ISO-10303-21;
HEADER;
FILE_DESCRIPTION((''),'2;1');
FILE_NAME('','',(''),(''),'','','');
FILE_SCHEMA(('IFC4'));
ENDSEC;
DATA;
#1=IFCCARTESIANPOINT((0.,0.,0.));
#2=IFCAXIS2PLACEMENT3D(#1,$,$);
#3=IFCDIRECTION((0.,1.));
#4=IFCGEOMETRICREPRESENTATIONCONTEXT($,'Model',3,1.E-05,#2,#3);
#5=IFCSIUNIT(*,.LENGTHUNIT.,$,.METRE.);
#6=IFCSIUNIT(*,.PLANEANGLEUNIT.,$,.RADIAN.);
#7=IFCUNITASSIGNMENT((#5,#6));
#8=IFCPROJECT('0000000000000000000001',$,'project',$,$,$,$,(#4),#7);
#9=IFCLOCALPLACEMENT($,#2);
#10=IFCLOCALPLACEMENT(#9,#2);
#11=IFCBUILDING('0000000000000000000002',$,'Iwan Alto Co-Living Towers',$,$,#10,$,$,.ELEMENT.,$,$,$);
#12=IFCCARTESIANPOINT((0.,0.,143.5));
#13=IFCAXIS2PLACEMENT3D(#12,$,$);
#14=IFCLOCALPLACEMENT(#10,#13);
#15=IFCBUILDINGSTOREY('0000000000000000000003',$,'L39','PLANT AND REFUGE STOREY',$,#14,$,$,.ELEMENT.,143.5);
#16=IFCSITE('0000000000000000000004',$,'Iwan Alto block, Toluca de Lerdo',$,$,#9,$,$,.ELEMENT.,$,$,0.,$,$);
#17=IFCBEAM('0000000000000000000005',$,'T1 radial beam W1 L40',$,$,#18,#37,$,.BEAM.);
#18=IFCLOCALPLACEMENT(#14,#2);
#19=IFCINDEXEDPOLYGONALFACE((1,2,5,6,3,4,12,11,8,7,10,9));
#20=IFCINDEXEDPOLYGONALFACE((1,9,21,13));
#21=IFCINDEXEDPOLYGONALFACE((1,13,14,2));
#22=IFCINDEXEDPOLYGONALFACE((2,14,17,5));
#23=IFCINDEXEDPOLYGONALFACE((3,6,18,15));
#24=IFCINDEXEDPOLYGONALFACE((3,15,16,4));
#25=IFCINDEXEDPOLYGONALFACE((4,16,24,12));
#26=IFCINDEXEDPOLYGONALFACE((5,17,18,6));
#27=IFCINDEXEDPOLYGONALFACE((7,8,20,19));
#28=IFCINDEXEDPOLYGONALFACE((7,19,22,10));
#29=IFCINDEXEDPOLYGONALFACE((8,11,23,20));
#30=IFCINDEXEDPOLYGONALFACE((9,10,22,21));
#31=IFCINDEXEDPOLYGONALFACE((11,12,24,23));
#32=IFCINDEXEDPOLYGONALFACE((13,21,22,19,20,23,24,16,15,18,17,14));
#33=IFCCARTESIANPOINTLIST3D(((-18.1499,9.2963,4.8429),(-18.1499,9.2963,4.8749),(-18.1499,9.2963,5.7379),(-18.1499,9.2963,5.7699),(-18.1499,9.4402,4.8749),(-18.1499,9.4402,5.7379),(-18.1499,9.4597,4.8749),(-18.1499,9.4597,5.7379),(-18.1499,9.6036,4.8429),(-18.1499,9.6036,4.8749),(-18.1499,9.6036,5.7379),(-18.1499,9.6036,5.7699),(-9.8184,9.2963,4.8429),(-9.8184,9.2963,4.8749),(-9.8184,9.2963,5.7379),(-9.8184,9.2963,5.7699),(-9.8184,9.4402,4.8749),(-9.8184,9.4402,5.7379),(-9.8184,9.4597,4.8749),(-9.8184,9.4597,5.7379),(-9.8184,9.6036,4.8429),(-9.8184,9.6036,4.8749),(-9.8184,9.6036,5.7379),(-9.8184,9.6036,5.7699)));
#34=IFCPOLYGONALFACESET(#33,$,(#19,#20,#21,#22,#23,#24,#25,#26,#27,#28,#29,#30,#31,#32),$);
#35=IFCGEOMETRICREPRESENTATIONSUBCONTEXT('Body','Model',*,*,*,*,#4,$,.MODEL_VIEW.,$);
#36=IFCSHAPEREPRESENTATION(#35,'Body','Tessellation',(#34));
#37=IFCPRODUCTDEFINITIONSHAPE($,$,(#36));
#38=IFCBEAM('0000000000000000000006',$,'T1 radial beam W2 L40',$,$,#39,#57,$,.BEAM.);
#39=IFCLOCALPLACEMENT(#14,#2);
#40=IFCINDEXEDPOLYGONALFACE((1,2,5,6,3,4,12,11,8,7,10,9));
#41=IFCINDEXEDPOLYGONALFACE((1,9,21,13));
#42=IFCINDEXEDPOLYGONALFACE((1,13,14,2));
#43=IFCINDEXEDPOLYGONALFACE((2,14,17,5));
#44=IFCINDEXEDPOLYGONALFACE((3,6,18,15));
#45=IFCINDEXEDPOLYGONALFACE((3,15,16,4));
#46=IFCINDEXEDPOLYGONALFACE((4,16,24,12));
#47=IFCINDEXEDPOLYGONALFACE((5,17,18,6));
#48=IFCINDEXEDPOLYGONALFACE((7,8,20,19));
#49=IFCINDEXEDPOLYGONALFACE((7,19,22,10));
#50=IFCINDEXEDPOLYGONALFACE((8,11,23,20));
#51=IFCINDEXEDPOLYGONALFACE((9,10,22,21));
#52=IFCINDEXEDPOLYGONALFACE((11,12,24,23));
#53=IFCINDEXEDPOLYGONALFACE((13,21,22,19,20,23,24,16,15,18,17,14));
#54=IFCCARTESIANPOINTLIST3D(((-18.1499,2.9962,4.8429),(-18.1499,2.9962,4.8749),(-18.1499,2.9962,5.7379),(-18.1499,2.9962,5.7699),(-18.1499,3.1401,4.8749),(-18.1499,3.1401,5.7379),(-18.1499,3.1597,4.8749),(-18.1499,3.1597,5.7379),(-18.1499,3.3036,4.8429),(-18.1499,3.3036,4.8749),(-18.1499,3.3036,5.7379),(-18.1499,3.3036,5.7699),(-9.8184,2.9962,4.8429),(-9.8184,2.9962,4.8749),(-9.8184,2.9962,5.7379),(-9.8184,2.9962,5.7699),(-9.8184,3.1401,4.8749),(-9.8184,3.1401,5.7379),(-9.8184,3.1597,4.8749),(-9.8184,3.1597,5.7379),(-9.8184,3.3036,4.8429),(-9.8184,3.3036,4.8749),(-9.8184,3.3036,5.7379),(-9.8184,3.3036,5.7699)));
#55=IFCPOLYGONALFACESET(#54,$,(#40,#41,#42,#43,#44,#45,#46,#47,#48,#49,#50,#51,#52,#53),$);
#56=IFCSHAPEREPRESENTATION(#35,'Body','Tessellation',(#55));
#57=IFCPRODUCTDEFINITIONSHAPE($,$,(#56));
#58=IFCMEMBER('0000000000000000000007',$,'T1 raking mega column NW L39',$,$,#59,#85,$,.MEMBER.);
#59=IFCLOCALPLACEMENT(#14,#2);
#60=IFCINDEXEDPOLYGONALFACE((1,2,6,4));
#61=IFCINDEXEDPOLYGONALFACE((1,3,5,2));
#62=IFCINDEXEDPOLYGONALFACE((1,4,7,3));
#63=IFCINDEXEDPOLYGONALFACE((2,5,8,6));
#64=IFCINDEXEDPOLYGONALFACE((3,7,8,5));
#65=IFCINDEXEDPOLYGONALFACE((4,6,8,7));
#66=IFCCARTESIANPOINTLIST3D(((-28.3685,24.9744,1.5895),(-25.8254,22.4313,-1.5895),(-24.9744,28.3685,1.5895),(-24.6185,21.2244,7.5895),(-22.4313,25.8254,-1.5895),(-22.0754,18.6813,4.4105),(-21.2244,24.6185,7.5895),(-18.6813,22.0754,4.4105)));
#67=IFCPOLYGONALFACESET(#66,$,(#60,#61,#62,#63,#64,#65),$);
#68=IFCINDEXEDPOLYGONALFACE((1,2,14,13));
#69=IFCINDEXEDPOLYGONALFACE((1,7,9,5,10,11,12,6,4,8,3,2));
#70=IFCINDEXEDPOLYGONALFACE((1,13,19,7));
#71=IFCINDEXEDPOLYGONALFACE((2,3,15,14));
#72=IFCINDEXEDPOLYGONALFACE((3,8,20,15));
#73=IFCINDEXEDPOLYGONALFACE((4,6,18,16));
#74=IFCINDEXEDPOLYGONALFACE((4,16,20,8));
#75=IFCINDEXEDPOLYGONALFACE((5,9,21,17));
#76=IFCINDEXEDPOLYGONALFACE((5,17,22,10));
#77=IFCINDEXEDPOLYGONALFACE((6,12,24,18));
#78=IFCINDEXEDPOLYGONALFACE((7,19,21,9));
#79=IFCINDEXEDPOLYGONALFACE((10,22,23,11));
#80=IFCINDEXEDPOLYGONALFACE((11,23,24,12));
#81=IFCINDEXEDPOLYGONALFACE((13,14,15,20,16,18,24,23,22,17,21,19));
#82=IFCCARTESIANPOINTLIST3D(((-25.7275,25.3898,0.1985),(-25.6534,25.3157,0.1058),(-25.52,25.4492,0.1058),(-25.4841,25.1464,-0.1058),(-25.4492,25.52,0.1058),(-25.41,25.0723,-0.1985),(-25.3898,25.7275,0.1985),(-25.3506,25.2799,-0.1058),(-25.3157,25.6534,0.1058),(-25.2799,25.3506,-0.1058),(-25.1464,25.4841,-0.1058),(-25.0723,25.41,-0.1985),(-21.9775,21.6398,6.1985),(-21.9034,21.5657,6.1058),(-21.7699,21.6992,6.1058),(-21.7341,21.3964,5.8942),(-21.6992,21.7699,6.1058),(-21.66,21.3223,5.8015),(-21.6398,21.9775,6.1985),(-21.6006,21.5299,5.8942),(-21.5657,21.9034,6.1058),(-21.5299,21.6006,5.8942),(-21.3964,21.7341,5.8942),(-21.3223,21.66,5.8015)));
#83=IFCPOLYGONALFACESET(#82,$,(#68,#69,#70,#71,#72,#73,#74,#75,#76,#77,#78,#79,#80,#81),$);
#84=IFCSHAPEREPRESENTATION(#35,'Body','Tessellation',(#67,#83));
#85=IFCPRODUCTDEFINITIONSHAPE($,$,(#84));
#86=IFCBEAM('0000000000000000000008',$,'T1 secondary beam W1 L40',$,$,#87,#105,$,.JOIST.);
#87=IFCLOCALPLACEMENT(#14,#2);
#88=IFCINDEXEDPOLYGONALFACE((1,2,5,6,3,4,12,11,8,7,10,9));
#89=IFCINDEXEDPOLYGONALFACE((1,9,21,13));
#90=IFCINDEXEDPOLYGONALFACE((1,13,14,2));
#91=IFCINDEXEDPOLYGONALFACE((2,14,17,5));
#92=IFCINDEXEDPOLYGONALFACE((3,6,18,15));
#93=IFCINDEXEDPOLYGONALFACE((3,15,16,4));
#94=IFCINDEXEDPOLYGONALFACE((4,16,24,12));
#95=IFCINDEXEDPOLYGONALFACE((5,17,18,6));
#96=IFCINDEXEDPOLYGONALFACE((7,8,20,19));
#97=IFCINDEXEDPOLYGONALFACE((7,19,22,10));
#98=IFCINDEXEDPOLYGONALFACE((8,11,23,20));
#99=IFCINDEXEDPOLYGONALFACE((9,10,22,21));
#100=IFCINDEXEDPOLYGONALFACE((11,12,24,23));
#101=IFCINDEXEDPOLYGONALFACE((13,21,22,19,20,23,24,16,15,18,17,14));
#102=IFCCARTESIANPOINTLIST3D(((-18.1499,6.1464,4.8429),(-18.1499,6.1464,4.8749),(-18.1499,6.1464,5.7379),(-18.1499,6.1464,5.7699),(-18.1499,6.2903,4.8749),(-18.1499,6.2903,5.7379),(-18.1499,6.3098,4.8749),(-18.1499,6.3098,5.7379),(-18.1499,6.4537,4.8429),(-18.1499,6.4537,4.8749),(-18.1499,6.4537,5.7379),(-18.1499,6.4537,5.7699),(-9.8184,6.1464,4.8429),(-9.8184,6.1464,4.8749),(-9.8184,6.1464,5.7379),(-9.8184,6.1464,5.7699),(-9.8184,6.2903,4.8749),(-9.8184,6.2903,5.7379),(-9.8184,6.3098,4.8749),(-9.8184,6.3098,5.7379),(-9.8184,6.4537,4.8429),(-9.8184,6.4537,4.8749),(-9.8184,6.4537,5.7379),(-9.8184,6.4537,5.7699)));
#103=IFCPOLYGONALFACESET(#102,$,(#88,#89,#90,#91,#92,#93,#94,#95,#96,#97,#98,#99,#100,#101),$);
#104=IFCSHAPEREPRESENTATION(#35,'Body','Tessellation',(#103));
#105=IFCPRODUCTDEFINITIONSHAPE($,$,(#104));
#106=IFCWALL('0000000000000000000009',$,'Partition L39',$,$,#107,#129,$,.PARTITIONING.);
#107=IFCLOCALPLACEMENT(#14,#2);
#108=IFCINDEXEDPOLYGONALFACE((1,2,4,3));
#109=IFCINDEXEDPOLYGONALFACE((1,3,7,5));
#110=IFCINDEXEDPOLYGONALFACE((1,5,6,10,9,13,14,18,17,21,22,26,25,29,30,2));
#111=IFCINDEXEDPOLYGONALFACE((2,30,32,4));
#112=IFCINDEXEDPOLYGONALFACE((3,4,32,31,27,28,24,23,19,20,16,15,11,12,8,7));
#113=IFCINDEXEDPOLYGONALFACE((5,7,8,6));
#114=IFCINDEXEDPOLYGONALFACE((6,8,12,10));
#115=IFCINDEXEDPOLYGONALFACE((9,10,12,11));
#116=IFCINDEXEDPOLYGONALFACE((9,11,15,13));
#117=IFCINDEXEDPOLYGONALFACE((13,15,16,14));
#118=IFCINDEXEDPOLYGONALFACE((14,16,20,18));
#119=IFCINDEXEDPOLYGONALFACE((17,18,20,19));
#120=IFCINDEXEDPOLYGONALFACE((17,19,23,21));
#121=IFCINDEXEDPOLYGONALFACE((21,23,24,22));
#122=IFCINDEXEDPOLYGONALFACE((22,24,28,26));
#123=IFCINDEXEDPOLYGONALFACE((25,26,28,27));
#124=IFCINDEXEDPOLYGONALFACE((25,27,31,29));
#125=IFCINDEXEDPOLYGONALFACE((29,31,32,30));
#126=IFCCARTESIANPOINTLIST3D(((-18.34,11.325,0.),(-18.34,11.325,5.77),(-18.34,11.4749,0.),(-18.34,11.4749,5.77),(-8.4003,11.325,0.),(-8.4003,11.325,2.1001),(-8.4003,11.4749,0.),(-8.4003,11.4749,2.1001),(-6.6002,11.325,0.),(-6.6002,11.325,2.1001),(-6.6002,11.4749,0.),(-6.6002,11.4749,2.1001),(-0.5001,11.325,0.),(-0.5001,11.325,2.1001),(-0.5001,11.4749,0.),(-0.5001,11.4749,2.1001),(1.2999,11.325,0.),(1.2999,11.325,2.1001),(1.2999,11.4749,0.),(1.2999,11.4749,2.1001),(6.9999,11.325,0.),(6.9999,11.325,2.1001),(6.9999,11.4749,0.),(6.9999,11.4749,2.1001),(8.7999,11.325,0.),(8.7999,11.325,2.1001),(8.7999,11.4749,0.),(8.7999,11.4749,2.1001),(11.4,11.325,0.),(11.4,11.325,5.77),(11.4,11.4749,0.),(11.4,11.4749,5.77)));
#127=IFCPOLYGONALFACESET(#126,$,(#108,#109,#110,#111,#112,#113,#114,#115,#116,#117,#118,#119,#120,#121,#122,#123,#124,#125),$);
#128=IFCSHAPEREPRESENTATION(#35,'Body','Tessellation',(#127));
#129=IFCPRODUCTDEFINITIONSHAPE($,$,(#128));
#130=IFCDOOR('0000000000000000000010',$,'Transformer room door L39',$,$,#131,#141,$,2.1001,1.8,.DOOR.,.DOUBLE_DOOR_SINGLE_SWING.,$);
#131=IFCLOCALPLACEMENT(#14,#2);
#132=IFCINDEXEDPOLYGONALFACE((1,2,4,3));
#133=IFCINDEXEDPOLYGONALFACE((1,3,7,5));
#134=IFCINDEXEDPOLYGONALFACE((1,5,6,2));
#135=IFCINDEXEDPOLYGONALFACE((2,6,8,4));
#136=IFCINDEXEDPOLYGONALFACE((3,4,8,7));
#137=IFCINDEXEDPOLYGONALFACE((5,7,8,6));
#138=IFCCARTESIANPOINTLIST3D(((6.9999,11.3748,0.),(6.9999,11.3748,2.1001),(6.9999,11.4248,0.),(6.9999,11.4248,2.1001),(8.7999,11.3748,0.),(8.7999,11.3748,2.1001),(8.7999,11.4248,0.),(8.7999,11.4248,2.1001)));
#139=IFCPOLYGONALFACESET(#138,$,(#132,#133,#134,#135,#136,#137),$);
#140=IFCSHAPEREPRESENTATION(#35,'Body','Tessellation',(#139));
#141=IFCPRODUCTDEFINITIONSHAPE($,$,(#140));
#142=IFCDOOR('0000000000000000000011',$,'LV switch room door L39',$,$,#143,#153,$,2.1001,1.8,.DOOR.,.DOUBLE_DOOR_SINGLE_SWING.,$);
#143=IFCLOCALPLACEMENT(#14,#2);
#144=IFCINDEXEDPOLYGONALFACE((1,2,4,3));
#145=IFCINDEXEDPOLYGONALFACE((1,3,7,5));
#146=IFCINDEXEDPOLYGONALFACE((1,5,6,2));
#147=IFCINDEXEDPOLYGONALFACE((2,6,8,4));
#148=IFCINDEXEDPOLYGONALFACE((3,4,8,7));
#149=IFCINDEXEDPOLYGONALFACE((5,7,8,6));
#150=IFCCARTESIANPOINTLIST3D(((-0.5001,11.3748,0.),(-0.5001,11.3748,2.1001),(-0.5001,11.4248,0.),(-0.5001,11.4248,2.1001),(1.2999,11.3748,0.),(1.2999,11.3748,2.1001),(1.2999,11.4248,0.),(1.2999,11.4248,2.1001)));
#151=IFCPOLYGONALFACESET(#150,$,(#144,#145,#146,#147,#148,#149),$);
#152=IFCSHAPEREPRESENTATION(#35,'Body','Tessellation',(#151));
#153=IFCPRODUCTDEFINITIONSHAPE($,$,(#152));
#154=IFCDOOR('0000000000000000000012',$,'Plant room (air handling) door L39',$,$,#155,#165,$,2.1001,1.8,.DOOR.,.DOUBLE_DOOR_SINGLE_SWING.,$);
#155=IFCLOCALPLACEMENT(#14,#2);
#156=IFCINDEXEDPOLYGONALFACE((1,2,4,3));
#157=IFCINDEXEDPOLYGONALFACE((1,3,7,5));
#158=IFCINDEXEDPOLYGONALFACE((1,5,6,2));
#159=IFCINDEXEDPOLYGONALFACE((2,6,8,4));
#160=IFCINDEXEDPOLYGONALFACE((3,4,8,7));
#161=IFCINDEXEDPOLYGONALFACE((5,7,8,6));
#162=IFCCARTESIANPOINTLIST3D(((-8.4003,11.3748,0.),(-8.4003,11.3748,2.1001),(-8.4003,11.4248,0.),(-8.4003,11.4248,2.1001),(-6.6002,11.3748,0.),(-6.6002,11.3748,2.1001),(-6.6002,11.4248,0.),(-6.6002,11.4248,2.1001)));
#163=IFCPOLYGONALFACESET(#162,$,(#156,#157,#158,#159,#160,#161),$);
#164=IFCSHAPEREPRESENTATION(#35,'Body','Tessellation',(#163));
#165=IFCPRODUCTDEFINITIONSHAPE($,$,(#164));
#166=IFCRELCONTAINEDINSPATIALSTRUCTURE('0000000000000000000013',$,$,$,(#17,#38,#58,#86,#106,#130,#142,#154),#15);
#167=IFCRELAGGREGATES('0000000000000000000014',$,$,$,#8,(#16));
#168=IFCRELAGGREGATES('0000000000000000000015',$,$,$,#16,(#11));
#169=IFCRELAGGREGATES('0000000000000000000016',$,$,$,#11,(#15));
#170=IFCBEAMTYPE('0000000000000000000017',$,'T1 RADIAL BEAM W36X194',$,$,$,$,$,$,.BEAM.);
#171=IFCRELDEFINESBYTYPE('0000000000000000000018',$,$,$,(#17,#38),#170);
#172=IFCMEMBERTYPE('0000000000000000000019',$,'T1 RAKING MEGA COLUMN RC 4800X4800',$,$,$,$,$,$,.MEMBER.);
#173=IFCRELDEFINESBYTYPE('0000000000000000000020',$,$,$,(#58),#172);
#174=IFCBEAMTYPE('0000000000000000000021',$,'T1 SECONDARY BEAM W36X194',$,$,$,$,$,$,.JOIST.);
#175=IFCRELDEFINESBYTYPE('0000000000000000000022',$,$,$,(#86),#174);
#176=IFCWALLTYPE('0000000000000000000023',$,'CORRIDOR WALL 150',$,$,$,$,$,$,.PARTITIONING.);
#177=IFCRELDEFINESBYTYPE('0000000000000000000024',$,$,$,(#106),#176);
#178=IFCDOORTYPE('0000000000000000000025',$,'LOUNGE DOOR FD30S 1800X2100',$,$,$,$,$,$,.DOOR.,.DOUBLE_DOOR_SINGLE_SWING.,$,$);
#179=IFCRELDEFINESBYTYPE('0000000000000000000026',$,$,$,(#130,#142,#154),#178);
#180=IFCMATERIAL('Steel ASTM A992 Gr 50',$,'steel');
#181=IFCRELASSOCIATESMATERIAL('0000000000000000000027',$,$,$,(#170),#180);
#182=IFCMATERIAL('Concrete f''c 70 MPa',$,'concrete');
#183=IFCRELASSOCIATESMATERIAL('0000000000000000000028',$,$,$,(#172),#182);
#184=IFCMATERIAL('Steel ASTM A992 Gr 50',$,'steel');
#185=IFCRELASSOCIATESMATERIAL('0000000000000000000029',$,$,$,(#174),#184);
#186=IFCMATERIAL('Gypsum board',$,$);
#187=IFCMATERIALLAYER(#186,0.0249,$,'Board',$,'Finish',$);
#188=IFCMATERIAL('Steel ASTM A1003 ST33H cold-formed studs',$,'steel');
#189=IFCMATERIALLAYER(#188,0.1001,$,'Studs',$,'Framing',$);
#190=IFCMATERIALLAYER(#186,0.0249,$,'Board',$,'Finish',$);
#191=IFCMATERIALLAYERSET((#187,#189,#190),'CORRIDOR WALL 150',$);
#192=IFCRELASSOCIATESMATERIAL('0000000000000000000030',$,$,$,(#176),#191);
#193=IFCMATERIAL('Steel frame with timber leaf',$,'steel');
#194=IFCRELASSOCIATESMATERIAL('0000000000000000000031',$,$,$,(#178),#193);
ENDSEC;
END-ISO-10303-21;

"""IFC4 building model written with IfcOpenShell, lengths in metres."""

from ifc_helpers import new_model, si_unit, direction, frame, frame_2d, origin, origin_2d, place, context, subcontext, project, spatial, rectangle, i_section, extrude, material, layer, layer_set, material_profile, profile_set, type_object, element, fill, save


model = new_model("IFC4")

# Units and contexts
model_context = context("Model", 3, precision=1e-05, world=origin(), true_north=direction((0.0, 1.0)))
body_context = subcontext(model_context, "Body", "Model", "MODEL_VIEW")
ifc_project = project(units=[si_unit("LENGTHUNIT", "METRE"), si_unit("PLANEANGLEUNIT", "RADIAN")], contexts=[model_context])

# Site, building, storey
site_placement = place(None, origin())
site = spatial("IfcSite", under=ifc_project, at=site_placement, Name="Iwan Alto block, Toluca de Lerdo", CompositionType="ELEMENT", RefElevation=0.0)
building_placement = place(site_placement, origin())
building = spatial("IfcBuilding", under=site, at=building_placement, Name="Iwan Alto Co-Living Towers", CompositionType="ELEMENT")
storey_placement = place(building_placement, frame((0.0, 0.0, 143.5)))
storey = spatial("IfcBuildingStorey", under=building, at=storey_placement, Name="L39", Description="PLANT AND REFUGE STOREY", CompositionType="ELEMENT", Elevation=143.5)

# Beams
ifc_material_1 = material(Name="Steel ASTM A992 Gr 50", Category="steel")
ifc_material_profile_1 = material_profile(ifc_material_1, i_section(OverallWidth=0.3074, OverallDepth=0.927, WebThickness=0.0195, FlangeThickness=0.032, at=origin_2d()), Name="W36X194")
ifc_profile_set_1 = profile_set([ifc_material_profile_1], Name="Steel ASTM A992 Gr 50")
beam_type_1 = type_object("IfcBeamType", Name="T1 RADIAL BEAM W36X194", PredefinedType="BEAM", material=ifc_profile_set_1)
for number, where, z_axis, x_axis, name in (
    (1, (-18.1499, 9.45, 5.3064), (1.0, 0.0, 0.0), (0.0, 1.0, 0.0), "T1 radial beam W1 L40"),
    (2, (-18.1499, 3.1499, 5.3064), (1.0, 0.0, 0.0), (0.0, 1.0, 0.0), "T1 radial beam W2 L40"),
):
    element("IfcBeam", number, at=place(storey_placement, frame(where, z_axis=z_axis, x_axis=x_axis)), inside=storey, type_object=beam_type_1, Name=name, PredefinedType="BEAM", context=body_context, shape_type="SweptSolid", body=[
        extrude(i_section(OverallWidth=0.3074, OverallDepth=0.927, WebThickness=0.0195, FlangeThickness=0.032, at=origin_2d()), origin(), (0.0, 0.0, 1.0), 8.3315),
    ])

# Member
ifc_material_2 = material(Name="Concrete f'c 70 MPa", Category="concrete")
ifc_material_profile_2 = material_profile(ifc_material_2, rectangle(XDim=4.8, YDim=4.8, at=origin_2d()), Name="RC 4800X4800")
ifc_profile_set_2 = profile_set([ifc_material_profile_2], Name="Concrete f'c 70 MPa")
member_type_1 = type_object("IfcMemberType", Name="T1 RAKING MEGA COLUMN RC 4800X4800", PredefinedType="MEMBER", material=ifc_profile_set_2)
member_1_placement = place(storey_placement, frame((-25.3999, 25.3999, 0.0), z_axis=(0.468293, -0.468293, 0.749269), x_axis=(0.707107, 0.707107, 0.0)))
element("IfcMember", 3, at=member_1_placement, inside=storey, type_object=member_type_1, Name="T1 raking mega column NW L39", PredefinedType="MEMBER", context=body_context, shape_type="SweptSolid", body=[
    extrude(rectangle(XDim=4.8, YDim=4.8, at=origin_2d()), origin(), (0.0, 0.0, 1.0), 8.0078),
    extrude(i_section(OverallWidth=0.4775, OverallDepth=0.5994, WebThickness=0.1001, FlangeThickness=0.1399, at=origin_2d()), origin(), (0.0, 0.0, 1.0), 8.0078),
])

# Beam
ifc_material_3 = material(Name="Steel ASTM A992 Gr 50", Category="steel")
ifc_material_profile_3 = material_profile(ifc_material_3, i_section(OverallWidth=0.3074, OverallDepth=0.927, WebThickness=0.0195, FlangeThickness=0.032, at=origin_2d()), Name="W36X194")
ifc_profile_set_3 = profile_set([ifc_material_profile_3], Name="Steel ASTM A992 Gr 50")
beam_type_2 = type_object("IfcBeamType", Name="T1 SECONDARY BEAM W36X194", PredefinedType="JOIST", material=ifc_profile_set_3)
beam_1_placement = place(storey_placement, frame((-18.1499, 6.3, 5.3064), z_axis=(1.0, 0.0, 0.0), x_axis=(0.0, 1.0, 0.0)))
element("IfcBeam", 4, at=beam_1_placement, inside=storey, type_object=beam_type_2, Name="T1 secondary beam W1 L40", PredefinedType="JOIST", context=body_context, shape_type="SweptSolid", body=[
    extrude(i_section(OverallWidth=0.3074, OverallDepth=0.927, WebThickness=0.0195, FlangeThickness=0.032, at=origin_2d()), origin(), (0.0, 0.0, 1.0), 8.3315),
])

# Wall, openings, doors
ifc_material_4 = material(Name="Gypsum board")
ifc_layer_1 = layer(ifc_material_4, 0.0249, Name="Board", Category="Finish")
ifc_material_5 = material(Name="Steel ASTM A1003 ST33H cold-formed studs", Category="steel")
ifc_layer_2 = layer(ifc_material_5, 0.1001, Name="Studs", Category="Framing")
ifc_layer_3 = layer(ifc_material_4, 0.0249, Name="Board", Category="Finish")
ifc_layer_set_1 = layer_set([ifc_layer_1, ifc_layer_2, ifc_layer_3], Name="CORRIDOR WALL 150")
wall_type_1 = type_object("IfcWallType", Name="CORRIDOR WALL 150", PredefinedType="PARTITIONING", material=ifc_layer_set_1)
wall_1_placement = place(storey_placement, frame((-18.3401, 11.3999, 0.0), z_axis=(0.0, 0.0, 1.0), x_axis=(1.0, 0.0, 0.0)))
wall_1 = element("IfcWall", 5, at=wall_1_placement, inside=storey, type_object=wall_type_1, Name="Partition L39", PredefinedType="PARTITIONING", context=body_context, shape_type="SweptSolid", body=[
    extrude(rectangle(XDim=29.74, YDim=0.1499, at=frame_2d((14.8701, 0.0))), origin(), (0.0, 0.0, 1.0), 5.77),
])
opening_1_placement = place(wall_1_placement, frame((25.3401, 0.0, 0.0)))
opening_1 = element("IfcOpeningElement", 6, at=opening_1_placement, cuts=wall_1, PredefinedType="OPENING", context=body_context, shape_type="SweptSolid", body=[
    extrude(rectangle(XDim=1.8, YDim=2.1001, at=frame_2d((0.8999, 1.05))), frame((0.0, 0.085, 0.0), z_axis=(0.0, -1.0, 0.0), x_axis=(1.0, 0.0, 0.0)), (0.0, 0.0, 1.0), 0.1699),
])
opening_2_placement = place(wall_1_placement, frame((17.8401, 0.0, 0.0)))
opening_2 = element("IfcOpeningElement", 7, at=opening_2_placement, cuts=wall_1, PredefinedType="OPENING", context=body_context, shape_type="SweptSolid", body=[
    extrude(rectangle(XDim=1.8, YDim=2.1001, at=frame_2d((0.8999, 1.05))), frame((0.0, 0.085, 0.0), z_axis=(0.0, -1.0, 0.0), x_axis=(1.0, 0.0, 0.0)), (0.0, 0.0, 1.0), 0.1699),
])
opening_3_placement = place(wall_1_placement, frame((9.9399, 0.0, 0.0)))
opening_3 = element("IfcOpeningElement", 8, at=opening_3_placement, cuts=wall_1, PredefinedType="OPENING", context=body_context, shape_type="SweptSolid", body=[
    extrude(rectangle(XDim=1.8, YDim=2.1001, at=frame_2d((0.8999, 1.05))), frame((0.0, 0.085, 0.0), z_axis=(0.0, -1.0, 0.0), x_axis=(1.0, 0.0, 0.0)), (0.0, 0.0, 1.0), 0.1699),
])
ifc_material_6 = material(Name="Steel frame with timber leaf", Category="steel")
door_type = type_object("IfcDoorType", Name="LOUNGE DOOR FD30S 1800X2100", OperationType="DOUBLE_DOOR_SINGLE_SWING", PredefinedType="DOOR", material=ifc_material_6)
door_1_placement = place(opening_1_placement, origin())
door_1 = element("IfcDoor", 9, at=door_1_placement, inside=storey, type_object=door_type, Name="Transformer room door L39", OperationType="DOUBLE_DOOR_SINGLE_SWING", OverallHeight=2.1001, OverallWidth=1.8, PredefinedType="DOOR", context=body_context, shape_type="SweptSolid", body=[
    extrude(rectangle(XDim=1.8, YDim=2.1001, at=frame_2d((0.8999, 1.05))), frame((0.0, 0.0249, 0.0), z_axis=(0.0, -1.0, 0.0), x_axis=(1.0, 0.0, 0.0)), (0.0, 0.0, 1.0), 0.05),
])
fill(opening_1, door_1)
door_2_placement = place(opening_2_placement, origin())
door_2 = element("IfcDoor", 10, at=door_2_placement, inside=storey, type_object=door_type, Name="LV switch room door L39", OperationType="DOUBLE_DOOR_SINGLE_SWING", OverallHeight=2.1001, OverallWidth=1.8, PredefinedType="DOOR", context=body_context, shape_type="SweptSolid", body=[
    extrude(rectangle(XDim=1.8, YDim=2.1001, at=frame_2d((0.8999, 1.05))), frame((0.0, 0.0249, 0.0), z_axis=(0.0, -1.0, 0.0), x_axis=(1.0, 0.0, 0.0)), (0.0, 0.0, 1.0), 0.05),
])
fill(opening_2, door_2)
door_3_placement = place(opening_3_placement, origin())
door_3 = element("IfcDoor", 11, at=door_3_placement, inside=storey, type_object=door_type, Name="Plant room (air handling) door L39", OperationType="DOUBLE_DOOR_SINGLE_SWING", OverallHeight=2.1001, OverallWidth=1.8, PredefinedType="DOOR", context=body_context, shape_type="SweptSolid", body=[
    extrude(rectangle(XDim=1.8, YDim=2.1001, at=frame_2d((0.8999, 1.05))), frame((0.0, 0.0249, 0.0), z_axis=(0.0, -1.0, 0.0), x_axis=(1.0, 0.0, 0.0)), (0.0, 0.0, 1.0), 0.05),
])
fill(opening_3, door_3)

save(model, "model.ifc")
